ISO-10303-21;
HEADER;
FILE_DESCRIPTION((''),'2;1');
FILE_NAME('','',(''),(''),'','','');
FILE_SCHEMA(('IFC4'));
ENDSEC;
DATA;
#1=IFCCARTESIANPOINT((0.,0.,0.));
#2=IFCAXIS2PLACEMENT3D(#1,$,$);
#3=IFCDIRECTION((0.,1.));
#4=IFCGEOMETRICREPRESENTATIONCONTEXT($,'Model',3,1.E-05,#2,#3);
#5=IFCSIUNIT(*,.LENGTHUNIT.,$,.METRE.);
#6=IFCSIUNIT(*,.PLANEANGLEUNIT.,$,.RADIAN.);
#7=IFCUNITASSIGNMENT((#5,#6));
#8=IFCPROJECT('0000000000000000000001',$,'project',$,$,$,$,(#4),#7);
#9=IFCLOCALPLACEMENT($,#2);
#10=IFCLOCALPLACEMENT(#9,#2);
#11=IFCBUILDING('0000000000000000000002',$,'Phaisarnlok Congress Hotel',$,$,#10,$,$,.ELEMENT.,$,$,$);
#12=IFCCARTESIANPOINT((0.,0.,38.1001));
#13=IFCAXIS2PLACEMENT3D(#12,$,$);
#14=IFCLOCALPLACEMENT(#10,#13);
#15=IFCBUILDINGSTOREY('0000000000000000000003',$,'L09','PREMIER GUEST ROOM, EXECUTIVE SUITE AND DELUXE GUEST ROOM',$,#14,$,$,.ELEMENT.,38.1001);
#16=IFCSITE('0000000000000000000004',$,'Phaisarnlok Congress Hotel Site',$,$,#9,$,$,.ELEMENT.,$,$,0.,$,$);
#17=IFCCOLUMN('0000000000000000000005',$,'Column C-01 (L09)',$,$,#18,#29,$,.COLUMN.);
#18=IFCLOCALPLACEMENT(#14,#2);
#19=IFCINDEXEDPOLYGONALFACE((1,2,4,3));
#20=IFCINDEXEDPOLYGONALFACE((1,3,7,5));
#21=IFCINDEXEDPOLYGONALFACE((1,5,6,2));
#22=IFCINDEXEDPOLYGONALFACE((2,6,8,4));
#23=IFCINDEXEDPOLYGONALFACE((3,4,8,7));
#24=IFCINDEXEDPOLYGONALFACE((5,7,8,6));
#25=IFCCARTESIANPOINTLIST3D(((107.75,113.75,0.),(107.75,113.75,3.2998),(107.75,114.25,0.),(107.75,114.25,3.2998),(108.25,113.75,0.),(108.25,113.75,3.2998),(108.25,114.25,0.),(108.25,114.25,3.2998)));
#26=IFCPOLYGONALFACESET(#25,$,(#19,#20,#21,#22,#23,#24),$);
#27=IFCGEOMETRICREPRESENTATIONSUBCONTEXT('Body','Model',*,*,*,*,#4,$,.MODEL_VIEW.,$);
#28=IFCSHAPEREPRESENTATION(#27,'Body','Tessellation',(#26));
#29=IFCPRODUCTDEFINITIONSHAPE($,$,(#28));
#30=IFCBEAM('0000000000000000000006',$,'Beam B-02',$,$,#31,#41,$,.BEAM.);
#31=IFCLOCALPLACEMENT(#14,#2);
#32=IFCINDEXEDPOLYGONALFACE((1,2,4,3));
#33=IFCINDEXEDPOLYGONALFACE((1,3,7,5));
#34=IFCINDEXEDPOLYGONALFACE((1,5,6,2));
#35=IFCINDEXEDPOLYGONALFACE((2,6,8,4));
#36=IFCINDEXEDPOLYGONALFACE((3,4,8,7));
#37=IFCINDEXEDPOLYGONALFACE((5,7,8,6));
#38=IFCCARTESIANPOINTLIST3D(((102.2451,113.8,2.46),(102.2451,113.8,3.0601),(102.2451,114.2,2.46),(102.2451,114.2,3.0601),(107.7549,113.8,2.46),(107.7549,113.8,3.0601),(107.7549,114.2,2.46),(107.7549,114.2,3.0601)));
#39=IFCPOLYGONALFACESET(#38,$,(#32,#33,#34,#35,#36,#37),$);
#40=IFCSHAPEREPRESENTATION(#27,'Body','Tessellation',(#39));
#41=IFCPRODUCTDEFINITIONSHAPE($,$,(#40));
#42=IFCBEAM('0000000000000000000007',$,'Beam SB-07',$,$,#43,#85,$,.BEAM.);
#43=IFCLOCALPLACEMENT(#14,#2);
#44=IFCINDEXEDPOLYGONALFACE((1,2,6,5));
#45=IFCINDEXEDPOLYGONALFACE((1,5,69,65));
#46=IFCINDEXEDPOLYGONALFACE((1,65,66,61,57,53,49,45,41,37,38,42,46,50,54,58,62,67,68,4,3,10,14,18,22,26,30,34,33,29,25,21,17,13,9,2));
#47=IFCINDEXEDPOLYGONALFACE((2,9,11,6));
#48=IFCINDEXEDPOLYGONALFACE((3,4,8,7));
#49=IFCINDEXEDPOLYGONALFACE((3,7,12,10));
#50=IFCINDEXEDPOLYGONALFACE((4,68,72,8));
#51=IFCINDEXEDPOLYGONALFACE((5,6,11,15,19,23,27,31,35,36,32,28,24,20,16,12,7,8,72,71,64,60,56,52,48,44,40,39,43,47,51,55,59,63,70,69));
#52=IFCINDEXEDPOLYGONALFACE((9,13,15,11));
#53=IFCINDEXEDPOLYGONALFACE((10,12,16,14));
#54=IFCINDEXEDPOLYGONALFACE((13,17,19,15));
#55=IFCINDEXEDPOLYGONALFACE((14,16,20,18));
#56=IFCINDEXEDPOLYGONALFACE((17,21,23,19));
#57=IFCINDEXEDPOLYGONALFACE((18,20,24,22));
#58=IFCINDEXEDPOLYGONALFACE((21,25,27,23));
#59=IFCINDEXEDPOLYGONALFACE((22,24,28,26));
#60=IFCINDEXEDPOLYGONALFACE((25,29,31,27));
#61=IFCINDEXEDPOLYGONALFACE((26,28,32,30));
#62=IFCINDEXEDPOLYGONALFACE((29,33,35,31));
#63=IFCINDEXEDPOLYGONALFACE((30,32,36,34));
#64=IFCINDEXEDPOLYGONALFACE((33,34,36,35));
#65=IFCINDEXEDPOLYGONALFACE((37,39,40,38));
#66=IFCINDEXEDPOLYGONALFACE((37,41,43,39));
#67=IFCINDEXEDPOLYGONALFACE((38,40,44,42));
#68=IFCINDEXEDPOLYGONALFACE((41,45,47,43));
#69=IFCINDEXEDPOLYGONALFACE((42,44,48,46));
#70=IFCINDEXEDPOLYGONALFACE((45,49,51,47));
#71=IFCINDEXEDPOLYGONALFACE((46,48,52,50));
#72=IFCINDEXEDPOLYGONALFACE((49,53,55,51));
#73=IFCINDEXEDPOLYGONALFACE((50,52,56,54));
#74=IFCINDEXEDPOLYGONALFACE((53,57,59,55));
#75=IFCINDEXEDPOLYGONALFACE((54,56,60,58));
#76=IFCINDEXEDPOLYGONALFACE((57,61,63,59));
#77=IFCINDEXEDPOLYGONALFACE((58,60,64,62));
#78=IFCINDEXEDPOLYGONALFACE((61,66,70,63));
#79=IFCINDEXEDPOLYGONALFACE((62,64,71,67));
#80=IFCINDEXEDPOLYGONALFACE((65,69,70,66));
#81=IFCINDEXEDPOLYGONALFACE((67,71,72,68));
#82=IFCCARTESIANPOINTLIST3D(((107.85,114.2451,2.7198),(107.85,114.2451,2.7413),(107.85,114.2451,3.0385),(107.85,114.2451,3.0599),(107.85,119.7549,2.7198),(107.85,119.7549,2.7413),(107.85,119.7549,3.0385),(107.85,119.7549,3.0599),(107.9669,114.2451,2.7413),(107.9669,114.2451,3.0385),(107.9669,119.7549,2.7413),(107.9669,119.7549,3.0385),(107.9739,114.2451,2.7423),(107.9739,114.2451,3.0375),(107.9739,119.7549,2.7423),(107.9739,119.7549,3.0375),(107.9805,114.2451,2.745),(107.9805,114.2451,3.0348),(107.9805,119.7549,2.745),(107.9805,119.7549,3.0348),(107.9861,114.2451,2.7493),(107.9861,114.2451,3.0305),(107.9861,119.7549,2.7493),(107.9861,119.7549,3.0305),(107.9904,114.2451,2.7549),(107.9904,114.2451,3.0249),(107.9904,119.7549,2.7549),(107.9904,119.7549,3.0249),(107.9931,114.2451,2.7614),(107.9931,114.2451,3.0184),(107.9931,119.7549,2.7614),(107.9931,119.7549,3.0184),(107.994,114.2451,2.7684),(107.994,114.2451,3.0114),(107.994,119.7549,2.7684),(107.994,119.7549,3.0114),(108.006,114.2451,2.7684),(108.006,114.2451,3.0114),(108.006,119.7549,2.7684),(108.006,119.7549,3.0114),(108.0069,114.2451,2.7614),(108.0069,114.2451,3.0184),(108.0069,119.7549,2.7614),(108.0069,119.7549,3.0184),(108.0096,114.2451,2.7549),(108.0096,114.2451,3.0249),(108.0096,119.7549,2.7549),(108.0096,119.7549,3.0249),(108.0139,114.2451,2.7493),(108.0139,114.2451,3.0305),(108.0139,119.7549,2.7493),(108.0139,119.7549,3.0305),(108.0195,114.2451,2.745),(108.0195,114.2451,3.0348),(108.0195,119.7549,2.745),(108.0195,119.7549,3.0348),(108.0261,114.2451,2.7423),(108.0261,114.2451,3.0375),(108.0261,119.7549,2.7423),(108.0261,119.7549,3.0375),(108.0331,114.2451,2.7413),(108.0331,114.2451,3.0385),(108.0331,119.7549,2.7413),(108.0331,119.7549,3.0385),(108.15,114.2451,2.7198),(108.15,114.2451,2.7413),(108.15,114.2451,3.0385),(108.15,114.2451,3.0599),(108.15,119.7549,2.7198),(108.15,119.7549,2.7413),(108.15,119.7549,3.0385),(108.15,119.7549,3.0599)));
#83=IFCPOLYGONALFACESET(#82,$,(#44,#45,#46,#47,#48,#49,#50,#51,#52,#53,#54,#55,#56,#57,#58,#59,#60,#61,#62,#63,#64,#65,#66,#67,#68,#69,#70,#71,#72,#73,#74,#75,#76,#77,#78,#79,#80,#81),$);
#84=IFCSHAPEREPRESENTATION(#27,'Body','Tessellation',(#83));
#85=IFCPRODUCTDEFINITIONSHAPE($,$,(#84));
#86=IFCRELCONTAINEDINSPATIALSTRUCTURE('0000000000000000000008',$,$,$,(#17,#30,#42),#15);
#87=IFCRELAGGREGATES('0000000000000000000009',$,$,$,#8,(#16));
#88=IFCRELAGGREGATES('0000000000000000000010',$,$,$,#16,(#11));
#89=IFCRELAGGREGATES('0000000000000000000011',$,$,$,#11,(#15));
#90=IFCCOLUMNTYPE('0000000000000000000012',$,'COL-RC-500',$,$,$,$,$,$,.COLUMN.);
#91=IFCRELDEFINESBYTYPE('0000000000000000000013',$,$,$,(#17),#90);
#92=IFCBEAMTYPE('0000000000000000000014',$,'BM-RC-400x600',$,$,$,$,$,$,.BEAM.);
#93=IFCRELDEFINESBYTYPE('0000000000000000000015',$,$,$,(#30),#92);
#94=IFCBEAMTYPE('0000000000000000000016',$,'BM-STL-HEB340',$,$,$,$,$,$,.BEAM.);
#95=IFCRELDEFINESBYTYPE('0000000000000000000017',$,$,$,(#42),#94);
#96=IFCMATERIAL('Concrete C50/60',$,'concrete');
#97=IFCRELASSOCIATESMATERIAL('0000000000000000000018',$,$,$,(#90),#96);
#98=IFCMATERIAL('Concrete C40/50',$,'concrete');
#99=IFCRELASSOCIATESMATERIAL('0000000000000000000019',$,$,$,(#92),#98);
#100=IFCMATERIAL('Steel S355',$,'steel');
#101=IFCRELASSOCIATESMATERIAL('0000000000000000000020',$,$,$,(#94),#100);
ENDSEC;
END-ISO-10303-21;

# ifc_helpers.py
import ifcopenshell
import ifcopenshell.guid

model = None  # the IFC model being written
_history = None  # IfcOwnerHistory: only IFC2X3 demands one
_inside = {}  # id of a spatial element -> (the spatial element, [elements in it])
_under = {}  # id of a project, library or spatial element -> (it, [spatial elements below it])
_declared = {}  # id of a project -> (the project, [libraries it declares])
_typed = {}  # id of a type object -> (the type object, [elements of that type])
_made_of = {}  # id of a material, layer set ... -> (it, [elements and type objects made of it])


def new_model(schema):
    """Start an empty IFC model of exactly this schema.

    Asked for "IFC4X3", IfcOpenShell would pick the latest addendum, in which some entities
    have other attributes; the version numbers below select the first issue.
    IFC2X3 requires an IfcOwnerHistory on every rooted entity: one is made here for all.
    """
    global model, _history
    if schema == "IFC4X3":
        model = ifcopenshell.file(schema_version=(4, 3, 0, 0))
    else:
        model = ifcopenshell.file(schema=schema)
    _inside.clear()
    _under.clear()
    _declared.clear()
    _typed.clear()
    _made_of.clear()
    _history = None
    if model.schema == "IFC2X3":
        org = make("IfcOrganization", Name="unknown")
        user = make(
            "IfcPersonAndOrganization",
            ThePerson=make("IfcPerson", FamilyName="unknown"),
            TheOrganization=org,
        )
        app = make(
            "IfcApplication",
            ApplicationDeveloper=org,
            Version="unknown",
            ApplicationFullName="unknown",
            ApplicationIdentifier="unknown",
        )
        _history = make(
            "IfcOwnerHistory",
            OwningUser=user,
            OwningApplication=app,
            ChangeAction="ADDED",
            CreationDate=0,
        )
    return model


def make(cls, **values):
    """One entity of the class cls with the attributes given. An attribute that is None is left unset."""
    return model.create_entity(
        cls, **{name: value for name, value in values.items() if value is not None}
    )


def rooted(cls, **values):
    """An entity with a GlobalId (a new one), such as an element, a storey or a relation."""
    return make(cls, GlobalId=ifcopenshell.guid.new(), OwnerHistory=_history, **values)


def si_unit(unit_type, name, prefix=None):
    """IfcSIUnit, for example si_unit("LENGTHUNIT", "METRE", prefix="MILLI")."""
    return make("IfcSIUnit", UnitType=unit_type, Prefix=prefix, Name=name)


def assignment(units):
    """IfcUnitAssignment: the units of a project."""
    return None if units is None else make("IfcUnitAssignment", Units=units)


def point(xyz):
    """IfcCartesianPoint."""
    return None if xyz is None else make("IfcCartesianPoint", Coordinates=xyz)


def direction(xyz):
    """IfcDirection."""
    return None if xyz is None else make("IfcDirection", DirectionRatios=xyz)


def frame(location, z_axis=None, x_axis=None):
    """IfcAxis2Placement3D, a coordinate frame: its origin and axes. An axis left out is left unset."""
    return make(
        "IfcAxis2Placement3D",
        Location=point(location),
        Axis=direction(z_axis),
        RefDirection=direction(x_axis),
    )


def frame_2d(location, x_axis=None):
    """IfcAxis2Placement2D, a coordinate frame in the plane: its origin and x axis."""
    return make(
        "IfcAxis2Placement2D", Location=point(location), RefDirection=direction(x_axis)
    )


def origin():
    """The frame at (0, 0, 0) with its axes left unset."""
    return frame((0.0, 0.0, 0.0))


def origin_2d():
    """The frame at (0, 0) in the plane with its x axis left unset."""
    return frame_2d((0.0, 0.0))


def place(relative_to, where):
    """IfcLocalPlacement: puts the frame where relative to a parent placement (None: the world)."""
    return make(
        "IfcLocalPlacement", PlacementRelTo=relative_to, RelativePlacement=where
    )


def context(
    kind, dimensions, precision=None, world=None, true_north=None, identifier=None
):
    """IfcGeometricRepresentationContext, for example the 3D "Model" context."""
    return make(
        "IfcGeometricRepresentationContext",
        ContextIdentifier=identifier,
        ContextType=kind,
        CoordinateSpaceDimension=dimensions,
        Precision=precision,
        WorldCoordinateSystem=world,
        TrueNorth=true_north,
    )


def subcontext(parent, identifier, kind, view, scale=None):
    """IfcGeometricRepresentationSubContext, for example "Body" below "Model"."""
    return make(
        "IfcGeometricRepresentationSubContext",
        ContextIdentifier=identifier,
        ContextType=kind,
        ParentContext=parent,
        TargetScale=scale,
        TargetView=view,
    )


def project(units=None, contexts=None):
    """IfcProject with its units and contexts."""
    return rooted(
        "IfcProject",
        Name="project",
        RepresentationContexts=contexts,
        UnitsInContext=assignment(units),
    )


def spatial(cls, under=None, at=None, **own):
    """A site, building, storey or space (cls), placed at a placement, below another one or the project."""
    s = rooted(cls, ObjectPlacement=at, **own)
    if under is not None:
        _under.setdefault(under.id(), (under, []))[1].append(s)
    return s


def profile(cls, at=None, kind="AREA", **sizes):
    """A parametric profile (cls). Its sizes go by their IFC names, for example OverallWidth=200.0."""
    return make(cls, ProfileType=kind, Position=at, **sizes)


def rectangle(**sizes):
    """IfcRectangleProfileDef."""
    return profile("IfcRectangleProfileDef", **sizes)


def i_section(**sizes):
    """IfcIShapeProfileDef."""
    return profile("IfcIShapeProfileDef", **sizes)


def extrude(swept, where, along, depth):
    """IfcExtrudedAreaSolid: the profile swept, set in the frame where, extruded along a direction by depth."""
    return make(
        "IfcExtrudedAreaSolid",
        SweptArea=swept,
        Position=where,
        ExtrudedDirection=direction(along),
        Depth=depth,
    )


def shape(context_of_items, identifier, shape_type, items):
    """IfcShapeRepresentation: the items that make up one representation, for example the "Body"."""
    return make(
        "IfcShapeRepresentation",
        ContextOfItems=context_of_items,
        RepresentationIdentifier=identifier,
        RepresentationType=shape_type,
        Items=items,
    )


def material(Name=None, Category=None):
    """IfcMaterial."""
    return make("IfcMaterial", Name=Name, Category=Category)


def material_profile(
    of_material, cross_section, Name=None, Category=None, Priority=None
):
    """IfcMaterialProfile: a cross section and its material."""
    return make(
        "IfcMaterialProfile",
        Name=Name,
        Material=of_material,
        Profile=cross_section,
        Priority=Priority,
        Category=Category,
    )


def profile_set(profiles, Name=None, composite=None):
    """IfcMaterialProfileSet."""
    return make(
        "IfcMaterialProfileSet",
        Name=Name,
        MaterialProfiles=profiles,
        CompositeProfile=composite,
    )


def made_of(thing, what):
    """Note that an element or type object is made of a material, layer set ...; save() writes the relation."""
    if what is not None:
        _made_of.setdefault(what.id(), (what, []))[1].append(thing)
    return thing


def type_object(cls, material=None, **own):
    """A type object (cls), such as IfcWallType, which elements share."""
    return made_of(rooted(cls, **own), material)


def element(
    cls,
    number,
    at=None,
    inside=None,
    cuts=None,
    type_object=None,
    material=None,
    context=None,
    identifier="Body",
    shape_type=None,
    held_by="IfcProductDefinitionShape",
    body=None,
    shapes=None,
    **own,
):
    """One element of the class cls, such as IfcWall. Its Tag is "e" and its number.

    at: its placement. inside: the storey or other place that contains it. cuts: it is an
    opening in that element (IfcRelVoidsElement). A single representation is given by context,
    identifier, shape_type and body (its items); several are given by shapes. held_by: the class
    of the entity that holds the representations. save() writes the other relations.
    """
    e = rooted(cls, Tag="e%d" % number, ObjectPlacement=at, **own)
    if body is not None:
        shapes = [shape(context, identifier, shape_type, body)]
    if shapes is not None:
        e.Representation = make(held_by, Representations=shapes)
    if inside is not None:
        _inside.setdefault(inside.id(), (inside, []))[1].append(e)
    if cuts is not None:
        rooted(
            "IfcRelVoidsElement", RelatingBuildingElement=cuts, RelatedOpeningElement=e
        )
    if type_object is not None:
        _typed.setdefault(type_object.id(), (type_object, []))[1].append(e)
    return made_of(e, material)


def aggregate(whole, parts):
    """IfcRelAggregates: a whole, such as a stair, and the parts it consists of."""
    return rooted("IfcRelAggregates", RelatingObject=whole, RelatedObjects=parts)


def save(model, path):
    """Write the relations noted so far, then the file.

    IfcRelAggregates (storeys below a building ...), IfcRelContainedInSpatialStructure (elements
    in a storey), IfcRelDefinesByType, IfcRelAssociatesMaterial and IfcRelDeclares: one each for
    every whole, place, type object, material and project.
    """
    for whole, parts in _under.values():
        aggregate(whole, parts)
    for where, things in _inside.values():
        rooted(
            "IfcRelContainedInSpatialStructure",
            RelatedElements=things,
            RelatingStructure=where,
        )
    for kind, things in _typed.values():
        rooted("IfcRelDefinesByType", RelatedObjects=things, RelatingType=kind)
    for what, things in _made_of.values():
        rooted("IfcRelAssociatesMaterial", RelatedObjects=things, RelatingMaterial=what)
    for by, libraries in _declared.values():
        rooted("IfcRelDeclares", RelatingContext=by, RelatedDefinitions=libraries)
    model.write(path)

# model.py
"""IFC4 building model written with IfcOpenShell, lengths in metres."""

from ifc_helpers import new_model, si_unit, direction, frame, origin, origin_2d, place, context, subcontext, project, spatial, rectangle, i_section, extrude, material, material_profile, profile_set, type_object, element, save


model = new_model("IFC4")

# Units and contexts
model_context = context("Model", 3, precision=1e-05, world=origin(), true_north=direction((0.0, 1.0)))
body_context = subcontext(model_context, "Body", "Model", "MODEL_VIEW")
ifc_project = project(units=[si_unit("LENGTHUNIT", "METRE"), si_unit("PLANEANGLEUNIT", "RADIAN")], contexts=[model_context])

# Site, building, storey
site_placement = place(None, origin())
site = spatial("IfcSite", under=ifc_project, at=site_placement, Name="Phaisarnlok Congress Hotel Site", CompositionType="ELEMENT", RefElevation=0.0)
building_placement = place(site_placement, origin())
building = spatial("IfcBuilding", under=site, at=building_placement, Name="Phaisarnlok Congress Hotel", CompositionType="ELEMENT")
storey_placement = place(building_placement, frame((0.0, 0.0, 38.1001)))
storey = spatial("IfcBuildingStorey", under=building, at=storey_placement, Name="L09", Description="PREMIER GUEST ROOM, EXECUTIVE SUITE AND DELUXE GUEST ROOM", CompositionType="ELEMENT", Elevation=38.1001)

# Column
ifc_material_1 = material(Name="Concrete C50/60", Category="concrete")
ifc_material_profile_1 = material_profile(ifc_material_1, rectangle(XDim=0.5, YDim=0.5, at=origin_2d()), Name="RC 500x500")
ifc_profile_set_1 = profile_set([ifc_material_profile_1], Name="Concrete C50/60")
column_type = type_object("IfcColumnType", Name="COL-RC-500", PredefinedType="COLUMN", material=ifc_profile_set_1)
column_placement = place(storey_placement, frame((108.0, 114.0, 0.0), z_axis=(0.0, 0.0, 1.0), x_axis=(1.0, 0.0, 0.0)))
element("IfcColumn", 1, at=column_placement, inside=storey, type_object=column_type, Name="Column C-01 (L09)", PredefinedType="COLUMN", context=body_context, shape_type="SweptSolid", body=[
    extrude(rectangle(XDim=0.5, YDim=0.5, at=origin_2d()), origin(), (0.0, 0.0, 1.0), 3.2998),
])

# Beams
ifc_material_2 = material(Name="Concrete C40/50", Category="concrete")
ifc_material_profile_2 = material_profile(ifc_material_2, rectangle(XDim=0.3999, YDim=0.6001, at=origin_2d()), Name="RC 400x600")
ifc_profile_set_2 = profile_set([ifc_material_profile_2], Name="Concrete C40/50")
beam_type_1 = type_object("IfcBeamType", Name="BM-RC-400x600", PredefinedType="BEAM", material=ifc_profile_set_2)
beam_1_placement = place(storey_placement, frame((102.2451, 114.0, 2.76), z_axis=(1.0, 0.0, 0.0), x_axis=(0.0, 1.0, 0.0)))
element("IfcBeam", 2, at=beam_1_placement, inside=storey, type_object=beam_type_1, Name="Beam B-02", PredefinedType="BEAM", context=body_context, shape_type="SweptSolid", body=[
    extrude(rectangle(XDim=0.3999, YDim=0.6001, at=origin_2d()), origin(), (0.0, 0.0, 1.0), 5.5098),
])
ifc_material_3 = material(Name="Steel S355", Category="steel")
ifc_material_profile_3 = material_profile(ifc_material_3, i_section(OverallWidth=0.3, OverallDepth=0.3401, WebThickness=0.012, FlangeThickness=0.0215, FilletRadius=0.0271, at=origin_2d()), Name="HEB 340")
ifc_profile_set_3 = profile_set([ifc_material_profile_3], Name="Steel S355")
beam_type_2 = type_object("IfcBeamType", Name="BM-STL-HEB340", PredefinedType="BEAM", material=ifc_profile_set_3)
beam_2_placement = place(storey_placement, frame((108.0, 114.2451, 2.8899), z_axis=(0.0, 1.0, 0.0), x_axis=(-1.0, 0.0, 0.0)))
element("IfcBeam", 3, at=beam_2_placement, inside=storey, type_object=beam_type_2, Name="Beam SB-07", PredefinedType="BEAM", context=body_context, shape_type="SweptSolid", body=[
    extrude(i_section(OverallWidth=0.3, OverallDepth=0.3401, WebThickness=0.012, FlangeThickness=0.0215, FilletRadius=0.0271, at=origin_2d()), origin(), (0.0, 0.0, 1.0), 5.5098),
])

save(model, "model.ifc")
